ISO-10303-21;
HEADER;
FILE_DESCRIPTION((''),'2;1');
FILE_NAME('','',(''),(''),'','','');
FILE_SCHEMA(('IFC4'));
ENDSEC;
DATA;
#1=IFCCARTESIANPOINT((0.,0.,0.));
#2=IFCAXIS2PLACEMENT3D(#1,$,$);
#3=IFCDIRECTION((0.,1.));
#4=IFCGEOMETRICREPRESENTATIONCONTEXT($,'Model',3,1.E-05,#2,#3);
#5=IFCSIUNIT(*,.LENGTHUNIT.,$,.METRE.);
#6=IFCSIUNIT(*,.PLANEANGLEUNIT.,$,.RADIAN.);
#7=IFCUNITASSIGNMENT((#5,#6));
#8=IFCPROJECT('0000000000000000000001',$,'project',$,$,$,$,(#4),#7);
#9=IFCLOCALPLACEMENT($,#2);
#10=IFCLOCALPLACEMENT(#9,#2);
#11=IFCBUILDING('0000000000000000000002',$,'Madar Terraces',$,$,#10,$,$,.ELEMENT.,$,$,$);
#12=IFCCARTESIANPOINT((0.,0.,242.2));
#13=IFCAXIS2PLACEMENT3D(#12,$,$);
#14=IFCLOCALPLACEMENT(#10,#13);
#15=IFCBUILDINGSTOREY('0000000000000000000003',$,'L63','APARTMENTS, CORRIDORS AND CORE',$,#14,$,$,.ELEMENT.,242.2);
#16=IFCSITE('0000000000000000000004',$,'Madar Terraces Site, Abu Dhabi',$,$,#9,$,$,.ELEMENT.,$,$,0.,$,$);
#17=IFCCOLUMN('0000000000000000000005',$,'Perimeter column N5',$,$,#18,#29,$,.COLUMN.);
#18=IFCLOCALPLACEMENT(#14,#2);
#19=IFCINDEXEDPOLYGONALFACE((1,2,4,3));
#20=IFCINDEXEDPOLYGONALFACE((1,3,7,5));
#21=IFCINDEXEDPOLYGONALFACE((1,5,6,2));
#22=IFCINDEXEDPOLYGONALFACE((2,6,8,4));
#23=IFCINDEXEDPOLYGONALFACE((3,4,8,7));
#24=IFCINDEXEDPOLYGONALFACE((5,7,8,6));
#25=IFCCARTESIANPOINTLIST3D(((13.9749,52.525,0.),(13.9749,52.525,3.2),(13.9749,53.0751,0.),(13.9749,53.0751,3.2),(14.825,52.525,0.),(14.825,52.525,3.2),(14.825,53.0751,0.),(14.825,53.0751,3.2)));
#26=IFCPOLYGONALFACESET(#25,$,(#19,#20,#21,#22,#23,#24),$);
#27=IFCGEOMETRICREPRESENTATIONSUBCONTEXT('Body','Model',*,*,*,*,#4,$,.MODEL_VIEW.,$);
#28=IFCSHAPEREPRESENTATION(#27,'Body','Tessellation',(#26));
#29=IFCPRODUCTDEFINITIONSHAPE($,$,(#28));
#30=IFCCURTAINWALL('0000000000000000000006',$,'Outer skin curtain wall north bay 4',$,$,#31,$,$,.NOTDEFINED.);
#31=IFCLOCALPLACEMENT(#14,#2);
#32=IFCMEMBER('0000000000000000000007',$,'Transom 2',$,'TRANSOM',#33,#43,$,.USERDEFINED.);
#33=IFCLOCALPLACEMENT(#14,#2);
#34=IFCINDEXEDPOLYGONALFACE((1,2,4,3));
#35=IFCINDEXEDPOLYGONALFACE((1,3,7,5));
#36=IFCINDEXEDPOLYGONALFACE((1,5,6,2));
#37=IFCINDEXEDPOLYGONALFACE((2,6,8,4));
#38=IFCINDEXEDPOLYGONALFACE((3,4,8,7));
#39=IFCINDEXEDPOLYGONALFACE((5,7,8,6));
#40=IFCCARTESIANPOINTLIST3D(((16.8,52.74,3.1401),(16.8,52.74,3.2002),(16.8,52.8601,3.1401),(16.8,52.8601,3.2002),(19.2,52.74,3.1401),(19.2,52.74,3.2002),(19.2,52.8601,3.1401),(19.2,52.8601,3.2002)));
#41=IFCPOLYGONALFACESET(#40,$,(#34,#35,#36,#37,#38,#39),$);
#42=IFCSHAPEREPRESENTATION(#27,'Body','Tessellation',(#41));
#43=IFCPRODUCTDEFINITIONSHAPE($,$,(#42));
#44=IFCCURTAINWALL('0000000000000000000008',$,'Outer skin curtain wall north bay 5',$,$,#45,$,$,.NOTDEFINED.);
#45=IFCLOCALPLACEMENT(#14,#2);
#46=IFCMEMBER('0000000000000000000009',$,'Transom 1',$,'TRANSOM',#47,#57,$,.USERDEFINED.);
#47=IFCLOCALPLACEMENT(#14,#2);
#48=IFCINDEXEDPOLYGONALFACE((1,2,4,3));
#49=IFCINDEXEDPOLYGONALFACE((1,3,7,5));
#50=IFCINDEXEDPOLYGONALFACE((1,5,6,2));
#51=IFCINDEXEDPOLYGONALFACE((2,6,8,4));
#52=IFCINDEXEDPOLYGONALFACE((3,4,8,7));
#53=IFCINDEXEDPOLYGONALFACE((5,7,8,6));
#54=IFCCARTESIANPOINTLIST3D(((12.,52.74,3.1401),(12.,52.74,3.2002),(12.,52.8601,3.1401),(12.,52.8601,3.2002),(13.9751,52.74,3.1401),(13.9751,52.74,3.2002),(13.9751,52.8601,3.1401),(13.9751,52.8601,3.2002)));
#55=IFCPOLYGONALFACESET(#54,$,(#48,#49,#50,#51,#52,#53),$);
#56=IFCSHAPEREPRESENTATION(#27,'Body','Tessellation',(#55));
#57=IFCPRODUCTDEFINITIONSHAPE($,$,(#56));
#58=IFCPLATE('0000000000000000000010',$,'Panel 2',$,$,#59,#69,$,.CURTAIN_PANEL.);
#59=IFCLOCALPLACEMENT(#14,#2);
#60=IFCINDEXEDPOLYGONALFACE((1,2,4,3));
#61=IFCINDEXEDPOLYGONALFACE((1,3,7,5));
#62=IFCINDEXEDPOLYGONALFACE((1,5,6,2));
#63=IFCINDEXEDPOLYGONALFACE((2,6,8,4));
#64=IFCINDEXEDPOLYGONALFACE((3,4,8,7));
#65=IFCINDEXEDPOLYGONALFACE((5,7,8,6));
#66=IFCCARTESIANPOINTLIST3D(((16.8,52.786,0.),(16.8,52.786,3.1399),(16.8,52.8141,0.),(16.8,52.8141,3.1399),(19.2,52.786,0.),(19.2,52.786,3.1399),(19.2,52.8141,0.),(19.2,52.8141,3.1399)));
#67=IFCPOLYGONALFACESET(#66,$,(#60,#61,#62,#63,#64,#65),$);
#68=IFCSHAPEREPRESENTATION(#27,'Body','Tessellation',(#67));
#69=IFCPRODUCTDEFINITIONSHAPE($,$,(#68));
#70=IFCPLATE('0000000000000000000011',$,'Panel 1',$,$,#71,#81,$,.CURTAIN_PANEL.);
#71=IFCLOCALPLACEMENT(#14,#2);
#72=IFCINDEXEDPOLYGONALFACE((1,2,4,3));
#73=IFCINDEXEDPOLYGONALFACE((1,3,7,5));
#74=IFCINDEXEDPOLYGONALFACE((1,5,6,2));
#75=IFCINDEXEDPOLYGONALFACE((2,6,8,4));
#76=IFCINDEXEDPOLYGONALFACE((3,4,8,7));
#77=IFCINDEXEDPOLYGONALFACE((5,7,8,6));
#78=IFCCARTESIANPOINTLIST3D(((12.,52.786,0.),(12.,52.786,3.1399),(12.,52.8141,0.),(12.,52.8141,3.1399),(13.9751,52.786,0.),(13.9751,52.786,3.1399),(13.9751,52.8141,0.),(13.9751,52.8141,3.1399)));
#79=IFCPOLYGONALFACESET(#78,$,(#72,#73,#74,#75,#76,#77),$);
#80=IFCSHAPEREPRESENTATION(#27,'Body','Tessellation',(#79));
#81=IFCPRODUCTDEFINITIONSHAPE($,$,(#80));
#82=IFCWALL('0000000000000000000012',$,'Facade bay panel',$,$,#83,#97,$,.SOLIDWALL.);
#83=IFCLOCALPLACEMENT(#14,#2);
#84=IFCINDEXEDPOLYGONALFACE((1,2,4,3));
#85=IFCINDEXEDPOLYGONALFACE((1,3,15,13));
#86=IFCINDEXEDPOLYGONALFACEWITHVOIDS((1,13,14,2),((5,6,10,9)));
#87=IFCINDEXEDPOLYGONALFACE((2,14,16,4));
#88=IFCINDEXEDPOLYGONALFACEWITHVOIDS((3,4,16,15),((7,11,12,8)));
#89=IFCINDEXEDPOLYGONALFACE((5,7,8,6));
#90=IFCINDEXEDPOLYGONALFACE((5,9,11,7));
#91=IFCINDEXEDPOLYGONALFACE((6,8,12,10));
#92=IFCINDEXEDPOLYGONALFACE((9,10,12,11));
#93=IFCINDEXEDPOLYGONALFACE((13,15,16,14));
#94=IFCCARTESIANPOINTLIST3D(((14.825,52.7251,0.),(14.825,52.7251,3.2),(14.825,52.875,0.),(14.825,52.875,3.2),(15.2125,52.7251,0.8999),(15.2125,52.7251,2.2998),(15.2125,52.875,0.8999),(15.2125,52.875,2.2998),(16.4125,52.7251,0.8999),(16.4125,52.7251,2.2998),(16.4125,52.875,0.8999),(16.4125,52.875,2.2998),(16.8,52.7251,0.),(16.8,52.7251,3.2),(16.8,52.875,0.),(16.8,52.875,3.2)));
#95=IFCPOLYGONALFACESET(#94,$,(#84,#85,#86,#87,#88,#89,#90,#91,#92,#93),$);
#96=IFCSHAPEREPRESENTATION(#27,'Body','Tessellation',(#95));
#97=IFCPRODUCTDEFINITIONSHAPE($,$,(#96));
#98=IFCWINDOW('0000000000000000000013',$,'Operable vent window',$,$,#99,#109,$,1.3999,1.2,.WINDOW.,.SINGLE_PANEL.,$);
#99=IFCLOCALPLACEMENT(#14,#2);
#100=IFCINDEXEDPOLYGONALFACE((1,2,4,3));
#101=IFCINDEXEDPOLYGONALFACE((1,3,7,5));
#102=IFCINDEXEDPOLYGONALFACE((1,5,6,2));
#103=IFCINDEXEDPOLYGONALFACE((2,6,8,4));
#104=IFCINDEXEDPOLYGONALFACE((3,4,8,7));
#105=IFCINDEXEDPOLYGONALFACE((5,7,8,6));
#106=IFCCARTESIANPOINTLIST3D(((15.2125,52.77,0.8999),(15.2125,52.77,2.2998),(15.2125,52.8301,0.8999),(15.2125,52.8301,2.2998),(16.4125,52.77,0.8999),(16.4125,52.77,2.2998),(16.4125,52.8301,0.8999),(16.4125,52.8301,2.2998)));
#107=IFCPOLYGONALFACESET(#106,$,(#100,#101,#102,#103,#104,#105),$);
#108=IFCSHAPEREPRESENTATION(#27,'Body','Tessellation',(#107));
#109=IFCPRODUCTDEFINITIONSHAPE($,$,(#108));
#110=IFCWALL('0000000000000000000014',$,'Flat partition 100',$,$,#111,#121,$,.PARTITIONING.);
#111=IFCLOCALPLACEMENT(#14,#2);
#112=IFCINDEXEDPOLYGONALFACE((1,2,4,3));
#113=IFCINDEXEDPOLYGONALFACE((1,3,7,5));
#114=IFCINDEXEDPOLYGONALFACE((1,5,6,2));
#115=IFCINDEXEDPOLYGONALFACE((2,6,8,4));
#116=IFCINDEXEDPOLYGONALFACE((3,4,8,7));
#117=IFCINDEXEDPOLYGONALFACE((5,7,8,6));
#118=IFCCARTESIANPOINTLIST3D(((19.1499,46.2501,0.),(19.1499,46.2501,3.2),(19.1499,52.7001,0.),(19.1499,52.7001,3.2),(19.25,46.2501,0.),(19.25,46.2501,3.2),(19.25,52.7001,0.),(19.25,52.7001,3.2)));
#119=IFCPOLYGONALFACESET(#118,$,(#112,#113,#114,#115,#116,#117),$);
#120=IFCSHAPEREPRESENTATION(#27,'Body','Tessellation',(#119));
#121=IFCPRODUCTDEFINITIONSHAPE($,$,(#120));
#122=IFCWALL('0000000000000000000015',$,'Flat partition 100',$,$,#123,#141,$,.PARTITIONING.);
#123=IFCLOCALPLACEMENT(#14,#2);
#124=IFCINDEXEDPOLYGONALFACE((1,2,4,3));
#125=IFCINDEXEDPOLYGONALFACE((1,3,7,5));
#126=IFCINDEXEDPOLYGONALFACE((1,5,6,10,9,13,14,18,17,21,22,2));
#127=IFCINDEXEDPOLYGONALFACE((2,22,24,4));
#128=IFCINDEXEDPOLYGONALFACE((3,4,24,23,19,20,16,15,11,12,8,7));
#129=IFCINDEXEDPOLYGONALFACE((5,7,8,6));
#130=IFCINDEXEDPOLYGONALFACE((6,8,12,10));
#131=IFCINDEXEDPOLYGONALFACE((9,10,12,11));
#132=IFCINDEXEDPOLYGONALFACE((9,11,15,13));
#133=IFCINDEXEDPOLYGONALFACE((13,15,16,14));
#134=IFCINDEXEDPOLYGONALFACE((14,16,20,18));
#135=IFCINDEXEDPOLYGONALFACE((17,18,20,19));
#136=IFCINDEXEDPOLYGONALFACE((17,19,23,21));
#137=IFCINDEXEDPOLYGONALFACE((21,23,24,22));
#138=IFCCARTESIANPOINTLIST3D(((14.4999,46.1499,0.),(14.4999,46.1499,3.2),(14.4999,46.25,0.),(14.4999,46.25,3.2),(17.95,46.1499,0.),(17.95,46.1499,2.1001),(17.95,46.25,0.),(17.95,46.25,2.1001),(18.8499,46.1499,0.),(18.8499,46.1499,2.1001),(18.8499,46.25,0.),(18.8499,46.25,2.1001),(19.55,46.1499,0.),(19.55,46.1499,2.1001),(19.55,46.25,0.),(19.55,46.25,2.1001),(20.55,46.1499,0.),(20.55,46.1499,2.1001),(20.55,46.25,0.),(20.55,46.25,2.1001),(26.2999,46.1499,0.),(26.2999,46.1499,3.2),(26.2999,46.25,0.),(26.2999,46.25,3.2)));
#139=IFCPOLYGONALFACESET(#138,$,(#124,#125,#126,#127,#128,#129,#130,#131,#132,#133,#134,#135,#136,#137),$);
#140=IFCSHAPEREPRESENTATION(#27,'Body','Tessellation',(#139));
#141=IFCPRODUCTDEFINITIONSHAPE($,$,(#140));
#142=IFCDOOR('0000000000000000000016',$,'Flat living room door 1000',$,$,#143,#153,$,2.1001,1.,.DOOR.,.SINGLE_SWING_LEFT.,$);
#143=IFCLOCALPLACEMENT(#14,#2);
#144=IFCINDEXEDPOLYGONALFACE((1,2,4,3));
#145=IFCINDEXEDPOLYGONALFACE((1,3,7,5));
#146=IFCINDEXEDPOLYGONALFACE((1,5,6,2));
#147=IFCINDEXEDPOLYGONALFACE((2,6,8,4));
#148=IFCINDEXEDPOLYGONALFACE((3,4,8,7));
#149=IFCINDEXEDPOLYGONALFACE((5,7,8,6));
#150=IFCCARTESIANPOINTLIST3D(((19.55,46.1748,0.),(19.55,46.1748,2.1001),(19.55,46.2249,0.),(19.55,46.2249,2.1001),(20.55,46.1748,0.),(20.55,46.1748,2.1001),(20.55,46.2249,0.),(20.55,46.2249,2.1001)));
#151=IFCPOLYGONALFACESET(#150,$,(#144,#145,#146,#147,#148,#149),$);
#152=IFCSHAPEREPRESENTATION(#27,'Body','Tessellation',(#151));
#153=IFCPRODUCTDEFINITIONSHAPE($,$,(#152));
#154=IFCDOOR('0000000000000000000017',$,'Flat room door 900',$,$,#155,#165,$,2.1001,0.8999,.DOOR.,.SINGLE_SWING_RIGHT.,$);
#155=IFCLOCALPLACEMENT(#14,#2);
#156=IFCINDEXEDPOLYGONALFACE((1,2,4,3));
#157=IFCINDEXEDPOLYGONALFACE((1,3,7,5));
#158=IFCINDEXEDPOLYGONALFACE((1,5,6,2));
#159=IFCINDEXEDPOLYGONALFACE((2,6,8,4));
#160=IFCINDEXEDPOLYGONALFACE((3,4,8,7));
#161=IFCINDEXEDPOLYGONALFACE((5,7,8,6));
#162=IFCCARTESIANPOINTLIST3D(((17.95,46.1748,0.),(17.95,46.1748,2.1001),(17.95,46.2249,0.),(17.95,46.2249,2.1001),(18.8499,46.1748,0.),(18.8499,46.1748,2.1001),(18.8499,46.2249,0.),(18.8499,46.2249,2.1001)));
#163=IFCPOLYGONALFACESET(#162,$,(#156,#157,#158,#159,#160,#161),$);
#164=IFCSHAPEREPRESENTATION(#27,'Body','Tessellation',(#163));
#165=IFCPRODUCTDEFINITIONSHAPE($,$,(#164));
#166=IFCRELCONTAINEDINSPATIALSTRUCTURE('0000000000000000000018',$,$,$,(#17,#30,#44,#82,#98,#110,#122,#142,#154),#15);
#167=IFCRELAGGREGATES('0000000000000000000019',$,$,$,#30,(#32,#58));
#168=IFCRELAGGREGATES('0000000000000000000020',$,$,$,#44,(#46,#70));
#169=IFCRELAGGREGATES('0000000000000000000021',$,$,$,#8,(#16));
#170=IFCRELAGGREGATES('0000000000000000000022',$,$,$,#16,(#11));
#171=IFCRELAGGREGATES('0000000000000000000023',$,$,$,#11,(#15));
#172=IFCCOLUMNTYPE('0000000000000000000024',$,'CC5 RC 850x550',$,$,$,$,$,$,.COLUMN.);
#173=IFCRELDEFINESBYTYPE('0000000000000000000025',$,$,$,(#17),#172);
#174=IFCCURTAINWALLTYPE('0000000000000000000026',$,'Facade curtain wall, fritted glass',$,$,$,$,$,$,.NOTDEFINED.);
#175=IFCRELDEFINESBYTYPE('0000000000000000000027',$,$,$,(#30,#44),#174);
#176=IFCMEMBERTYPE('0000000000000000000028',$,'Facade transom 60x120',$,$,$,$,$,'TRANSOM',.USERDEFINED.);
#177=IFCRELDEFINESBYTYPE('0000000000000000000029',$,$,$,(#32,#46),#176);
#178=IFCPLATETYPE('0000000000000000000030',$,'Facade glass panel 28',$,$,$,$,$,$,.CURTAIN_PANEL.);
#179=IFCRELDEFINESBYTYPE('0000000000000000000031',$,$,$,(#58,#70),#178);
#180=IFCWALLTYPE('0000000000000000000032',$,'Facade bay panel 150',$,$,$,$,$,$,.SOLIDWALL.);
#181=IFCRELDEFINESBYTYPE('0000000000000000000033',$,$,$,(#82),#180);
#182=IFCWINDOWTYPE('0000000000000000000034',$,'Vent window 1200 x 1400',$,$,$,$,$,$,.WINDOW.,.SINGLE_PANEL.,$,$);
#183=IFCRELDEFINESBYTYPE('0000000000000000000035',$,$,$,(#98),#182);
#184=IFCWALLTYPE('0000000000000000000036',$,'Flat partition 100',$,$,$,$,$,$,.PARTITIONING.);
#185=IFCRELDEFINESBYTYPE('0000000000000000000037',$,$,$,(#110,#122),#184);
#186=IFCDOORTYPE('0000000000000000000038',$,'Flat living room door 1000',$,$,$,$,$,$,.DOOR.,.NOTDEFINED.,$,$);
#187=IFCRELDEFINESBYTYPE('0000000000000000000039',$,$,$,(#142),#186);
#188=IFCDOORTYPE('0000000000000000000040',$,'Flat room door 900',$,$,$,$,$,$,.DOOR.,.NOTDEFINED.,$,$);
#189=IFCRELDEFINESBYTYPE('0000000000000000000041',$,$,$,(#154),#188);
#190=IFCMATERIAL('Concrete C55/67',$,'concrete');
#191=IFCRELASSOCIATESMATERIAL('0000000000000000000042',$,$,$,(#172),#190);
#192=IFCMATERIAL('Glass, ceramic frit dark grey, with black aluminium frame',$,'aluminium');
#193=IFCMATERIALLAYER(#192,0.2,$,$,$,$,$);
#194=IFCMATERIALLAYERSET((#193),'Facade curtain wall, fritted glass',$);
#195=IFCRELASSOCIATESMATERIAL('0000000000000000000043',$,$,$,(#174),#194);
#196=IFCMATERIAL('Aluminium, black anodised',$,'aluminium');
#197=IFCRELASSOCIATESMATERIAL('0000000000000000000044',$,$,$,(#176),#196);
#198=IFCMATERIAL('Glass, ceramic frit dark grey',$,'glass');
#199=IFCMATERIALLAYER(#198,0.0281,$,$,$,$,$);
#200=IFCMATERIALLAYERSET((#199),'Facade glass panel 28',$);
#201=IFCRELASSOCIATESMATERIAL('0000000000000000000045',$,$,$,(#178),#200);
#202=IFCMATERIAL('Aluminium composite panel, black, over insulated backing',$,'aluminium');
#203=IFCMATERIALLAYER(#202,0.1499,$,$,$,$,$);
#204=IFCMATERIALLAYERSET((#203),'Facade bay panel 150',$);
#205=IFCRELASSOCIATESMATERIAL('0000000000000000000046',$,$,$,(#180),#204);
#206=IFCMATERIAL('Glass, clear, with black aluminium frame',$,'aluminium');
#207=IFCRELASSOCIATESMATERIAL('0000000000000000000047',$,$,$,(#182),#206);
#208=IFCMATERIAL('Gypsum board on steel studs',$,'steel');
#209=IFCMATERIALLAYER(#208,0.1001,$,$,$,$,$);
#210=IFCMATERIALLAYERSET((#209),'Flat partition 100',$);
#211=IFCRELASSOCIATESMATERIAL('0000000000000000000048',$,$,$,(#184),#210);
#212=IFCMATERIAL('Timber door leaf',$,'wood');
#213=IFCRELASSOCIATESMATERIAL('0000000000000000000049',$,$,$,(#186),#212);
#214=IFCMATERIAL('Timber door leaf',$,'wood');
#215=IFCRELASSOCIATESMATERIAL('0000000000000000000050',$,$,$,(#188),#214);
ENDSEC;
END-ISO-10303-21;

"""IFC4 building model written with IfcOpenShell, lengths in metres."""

from ifc_helpers import new_model, si_unit, direction, frame, frame_2d, origin, origin_2d, place, context, subcontext, project, spatial, rectangle, extrude, material, layer, layer_set, material_profile, profile_set, type_object, element, fill, aggregate, save


model = new_model("IFC4")

# Units and contexts
model_context = context("Model", 3, precision=1e-05, world=origin(), true_north=direction((0.0, 1.0)))
body_context = subcontext(model_context, "Body", "Model", "MODEL_VIEW")
ifc_project = project(units=[si_unit("LENGTHUNIT", "METRE"), si_unit("PLANEANGLEUNIT", "RADIAN")], contexts=[model_context])

# Site, building, storey
site_placement = place(None, origin())
site = spatial("IfcSite", under=ifc_project, at=site_placement, Name="Madar Terraces Site, Abu Dhabi", CompositionType="ELEMENT", RefElevation=0.0)
building_placement = place(site_placement, origin())
building = spatial("IfcBuilding", under=site, at=building_placement, Name="Madar Terraces", CompositionType="ELEMENT")
storey_placement = place(building_placement, frame((0.0, 0.0, 242.2)))
storey = spatial("IfcBuildingStorey", under=building, at=storey_placement, Name="L63", Description="APARTMENTS, CORRIDORS AND CORE", CompositionType="ELEMENT", Elevation=242.2)

# Column
ifc_material_1 = material(Name="Concrete C55/67", Category="concrete")
ifc_material_profile_1 = material_profile(ifc_material_1, rectangle(XDim=0.8501, YDim=0.55, at=origin_2d()), Name="CC5 RC 850x550")
ifc_profile_set_1 = profile_set([ifc_material_profile_1], Name="Concrete C55/67")
column_type = type_object("IfcColumnType", Name="CC5 RC 850x550", PredefinedType="COLUMN", material=ifc_profile_set_1)
column_placement = place(storey_placement, frame((14.3999, 52.8, 0.0), z_axis=(0.0, 0.0, 1.0), x_axis=(1.0, 0.0, 0.0)))
element("IfcColumn", 1, at=column_placement, inside=storey, type_object=column_type, Name="Perimeter column N5", PredefinedType="COLUMN", context=body_context, shape_type="SweptSolid", body=[
    extrude(rectangle(XDim=0.8501, YDim=0.55, at=origin_2d()), origin(), (0.0, 0.0, 1.0), 3.2),
])

# Curtain walls, members
ifc_material_2 = material(Name="Glass, ceramic frit dark grey, with black aluminium frame", Category="aluminium")
ifc_layer_1 = layer(ifc_material_2, 0.2)
ifc_layer_set_1 = layer_set([ifc_layer_1], Name="Facade curtain wall, fritted glass")
curtain_wall_type = type_object("IfcCurtainWallType", Name="Facade curtain wall, fritted glass", PredefinedType="NOTDEFINED", material=ifc_layer_set_1)
curtain_wall_1_placement = place(storey_placement, origin())
curtain_wall_1 = element("IfcCurtainWall", 2, at=curtain_wall_1_placement, inside=storey, type_object=curtain_wall_type, Name="Outer skin curtain wall north bay 4", PredefinedType="NOTDEFINED")
ifc_material_3 = material(Name="Aluminium, black anodised", Category="aluminium")
ifc_material_profile_2 = material_profile(ifc_material_3, rectangle(XDim=0.1201, YDim=0.0601, at=origin_2d()), Name="Facade transom 60x120")
ifc_profile_set_2 = profile_set([ifc_material_profile_2], Name="Aluminium, black anodised")
member_type = type_object("IfcMemberType", Name="Facade transom 60x120", ElementType="TRANSOM", PredefinedType="USERDEFINED", material=ifc_profile_set_2)
member_1_placement = place(storey_placement, frame((19.2, 52.8, 3.1702), z_axis=(-1.0, 0.0, 0.0), x_axis=(0.0, -1.0, 0.0)))
member_1 = element("IfcMember", 3, at=member_1_placement, type_object=member_type, Name="Transom 2", ObjectType="TRANSOM", PredefinedType="USERDEFINED", context=body_context, shape_type="SweptSolid", body=[
    extrude(rectangle(XDim=0.1201, YDim=0.0601, at=origin_2d()), origin(), (0.0, 0.0, 1.0), 2.3999),
])
curtain_wall_2_placement = place(storey_placement, origin())
curtain_wall_2 = element("IfcCurtainWall", 4, at=curtain_wall_2_placement, inside=storey, type_object=curtain_wall_type, Name="Outer skin curtain wall north bay 5", PredefinedType="NOTDEFINED")
member_2_placement = place(storey_placement, frame((13.9751, 52.8, 3.1702), z_axis=(-1.0, 0.0, 0.0), x_axis=(0.0, -1.0, 0.0)))
member_2 = element("IfcMember", 5, at=member_2_placement, type_object=member_type, Name="Transom 1", ObjectType="TRANSOM", PredefinedType="USERDEFINED", context=body_context, shape_type="SweptSolid", body=[
    extrude(rectangle(XDim=0.1201, YDim=0.0601, at=origin_2d()), origin(), (0.0, 0.0, 1.0), 1.9751),
])

# Plates
ifc_material_4 = material(Name="Glass, ceramic frit dark grey", Category="glass")
ifc_layer_2 = layer(ifc_material_4, 0.0281)
ifc_layer_set_2 = layer_set([ifc_layer_2], Name="Facade glass panel 28")
plate_type = type_object("IfcPlateType", Name="Facade glass panel 28", PredefinedType="CURTAIN_PANEL", material=ifc_layer_set_2)
plate_1_placement = place(storey_placement, frame((18.0, 52.8, 0.0), z_axis=(0.0, 0.0, 1.0), x_axis=(-1.0, 0.0, 0.0)))
plate_1 = element("IfcPlate", 6, at=plate_1_placement, type_object=plate_type, Name="Panel 2", PredefinedType="CURTAIN_PANEL", context=body_context, shape_type="SweptSolid", body=[
    extrude(rectangle(XDim=2.3999, YDim=0.0281, at=origin_2d()), origin(), (0.0, 0.0, 1.0), 3.1399),
])
aggregate(curtain_wall_1, [member_1, plate_1])
plate_2_placement = place(storey_placement, frame((12.9875, 52.8, 0.0), z_axis=(0.0, 0.0, 1.0), x_axis=(-1.0, 0.0, 0.0)))
plate_2 = element("IfcPlate", 7, at=plate_2_placement, type_object=plate_type, Name="Panel 1", PredefinedType="CURTAIN_PANEL", context=body_context, shape_type="SweptSolid", body=[
    extrude(rectangle(XDim=1.9751, YDim=0.0281, at=origin_2d()), origin(), (0.0, 0.0, 1.0), 3.1399),
])
aggregate(curtain_wall_2, [member_2, plate_2])

# Wall, opening, window
ifc_material_5 = material(Name="Aluminium composite panel, black, over insulated backing", Category="aluminium")
ifc_layer_3 = layer(ifc_material_5, 0.1499)
ifc_layer_set_3 = layer_set([ifc_layer_3], Name="Facade bay panel 150")
wall_type_1 = type_object("IfcWallType", Name="Facade bay panel 150", PredefinedType="SOLIDWALL", material=ifc_layer_set_3)
wall_1_placement = place(storey_placement, frame((16.8, 52.8, 0.0), z_axis=(0.0, 0.0, 1.0), x_axis=(-1.0, 0.0, 0.0)))
wall_1 = element("IfcWall", 8, at=wall_1_placement, inside=storey, type_object=wall_type_1, Name="Facade bay panel", PredefinedType="SOLIDWALL", context=body_context, shape_type="SweptSolid", body=[
    extrude(rectangle(XDim=1.9751, YDim=0.1499, at=frame_2d((0.9875, 0.0))), origin(), (0.0, 0.0, 1.0), 3.2),
])
opening_1_placement = place(wall_1_placement, frame((0.3875, 0.0, 0.8999)))
opening_1 = element("IfcOpeningElement", 9, at=opening_1_placement, cuts=wall_1, PredefinedType="OPENING", context=body_context, shape_type="SweptSolid", body=[
    extrude(rectangle(XDim=1.2, YDim=1.3999, at=frame_2d((0.6001, 0.7))), frame((0.0, 0.085, 0.0), z_axis=(0.0, -1.0, 0.0), x_axis=(1.0, 0.0, 0.0)), (0.0, 0.0, 1.0), 0.1699),
])
ifc_material_6 = material(Name="Glass, clear, with black aluminium frame", Category="aluminium")
window_type = type_object("IfcWindowType", Name="Vent window 1200 x 1400", PartitioningType="SINGLE_PANEL", PredefinedType="WINDOW", material=ifc_material_6)
window_placement = place(opening_1_placement, origin())
window = element("IfcWindow", 10, at=window_placement, inside=storey, type_object=window_type, Name="Operable vent window", OverallHeight=1.3999, OverallWidth=1.2, PartitioningType="SINGLE_PANEL", PredefinedType="WINDOW", context=body_context, shape_type="SweptSolid", body=[
    extrude(rectangle(XDim=1.2, YDim=1.3999, at=frame_2d((0.6001, 0.7))), frame((0.0, 0.03, 0.0), z_axis=(0.0, -1.0, 0.0), x_axis=(1.0, 0.0, 0.0)), (0.0, 0.0, 1.0), 0.0601),
])
fill(opening_1, window)

# Wall
ifc_material_7 = material(Name="Gypsum board on steel studs", Category="steel")
ifc_layer_4 = layer(ifc_material_7, 0.1001)
ifc_layer_set_4 = layer_set([ifc_layer_4], Name="Flat partition 100")
wall_type_2 = type_object("IfcWallType", Name="Flat partition 100", PredefinedType="PARTITIONING", material=ifc_layer_set_4)
wall_2_placement = place(storey_placement, frame((19.2, 46.25, 0.0), z_axis=(0.0, 0.0, 1.0), x_axis=(0.0, 1.0, 0.0)))
element("IfcWall", 11, at=wall_2_placement, inside=storey, type_object=wall_type_2, Name="Flat partition 100", PredefinedType="PARTITIONING", context=body_context, shape_type="SweptSolid", body=[
    extrude(rectangle(XDim=6.45, YDim=0.1001, at=frame_2d((3.2251, 0.0))), origin(), (0.0, 0.0, 1.0), 3.2),
])

# Wall, openings, doors
wall_3_placement = place(storey_placement, frame((14.5, 46.2, 0.0), z_axis=(0.0, 0.0, 1.0), x_axis=(1.0, 0.0, 0.0)))
wall_3 = element("IfcWall", 12, at=wall_3_placement, inside=storey, type_object=wall_type_2, Name="Flat partition 100", PredefinedType="PARTITIONING", context=body_context, shape_type="SweptSolid", body=[
    extrude(rectangle(XDim=11.8, YDim=0.1001, at=frame_2d((5.8999, 0.0))), origin(), (0.0, 0.0, 1.0), 3.2),
])
opening_2_placement = place(wall_3_placement, frame((3.45, 0.0, 0.0)))
opening_2 = element("IfcOpeningElement", 13, at=opening_2_placement, cuts=wall_3, PredefinedType="OPENING", context=body_context, shape_type="SweptSolid", body=[
    extrude(rectangle(XDim=0.8999, YDim=2.1001, at=frame_2d((0.45, 1.05))), frame((0.0, 0.0601, 0.0), z_axis=(0.0, -1.0, 0.0), x_axis=(1.0, 0.0, 0.0)), (0.0, 0.0, 1.0), 0.1201),
])
opening_3_placement = place(wall_3_placement, frame((5.05, 0.0, 0.0)))
opening_3 = element("IfcOpeningElement", 14, at=opening_3_placement, cuts=wall_3, PredefinedType="OPENING", context=body_context, shape_type="SweptSolid", body=[
    extrude(rectangle(XDim=1.0, YDim=2.1001, at=frame_2d((0.5, 1.05))), frame((0.0, 0.0601, 0.0), z_axis=(0.0, -1.0, 0.0), x_axis=(1.0, 0.0, 0.0)), (0.0, 0.0, 1.0), 0.1201),
])
ifc_material_8 = material(Name="Timber door leaf", Category="wood")
door_type_1 = type_object("IfcDoorType", Name="Flat living room door 1000", OperationType="NOTDEFINED", PredefinedType="DOOR", material=ifc_material_8)
door_1_placement = place(opening_3_placement, origin())
door_1 = element("IfcDoor", 15, at=door_1_placement, inside=storey, type_object=door_type_1, Name="Flat living room door 1000", OperationType="SINGLE_SWING_LEFT", OverallHeight=2.1001, OverallWidth=1.0, PredefinedType="DOOR", context=body_context, shape_type="SweptSolid", body=[
    extrude(rectangle(XDim=1.0, YDim=2.1001, at=frame_2d((0.5, 1.05))), frame((0.0, 0.0249, 0.0), z_axis=(0.0, -1.0, 0.0), x_axis=(1.0, 0.0, 0.0)), (0.0, 0.0, 1.0), 0.05),
])
fill(opening_3, door_1)
ifc_material_9 = material(Name="Timber door leaf", Category="wood")
door_type_2 = type_object("IfcDoorType", Name="Flat room door 900", OperationType="NOTDEFINED", PredefinedType="DOOR", material=ifc_material_9)
door_2_placement = place(opening_2_placement, origin())
door_2 = element("IfcDoor", 16, at=door_2_placement, inside=storey, type_object=door_type_2, Name="Flat room door 900", OperationType="SINGLE_SWING_RIGHT", OverallHeight=2.1001, OverallWidth=0.8999, PredefinedType="DOOR", context=body_context, shape_type="SweptSolid", body=[
    extrude(rectangle(XDim=0.8999, YDim=2.1001, at=frame_2d((0.45, 1.05))), frame((0.0, 0.0249, 0.0), z_axis=(0.0, -1.0, 0.0), x_axis=(1.0, 0.0, 0.0)), (0.0, 0.0, 1.0), 0.05),
])
fill(opening_2, door_2)

save(model, "model.ifc")
